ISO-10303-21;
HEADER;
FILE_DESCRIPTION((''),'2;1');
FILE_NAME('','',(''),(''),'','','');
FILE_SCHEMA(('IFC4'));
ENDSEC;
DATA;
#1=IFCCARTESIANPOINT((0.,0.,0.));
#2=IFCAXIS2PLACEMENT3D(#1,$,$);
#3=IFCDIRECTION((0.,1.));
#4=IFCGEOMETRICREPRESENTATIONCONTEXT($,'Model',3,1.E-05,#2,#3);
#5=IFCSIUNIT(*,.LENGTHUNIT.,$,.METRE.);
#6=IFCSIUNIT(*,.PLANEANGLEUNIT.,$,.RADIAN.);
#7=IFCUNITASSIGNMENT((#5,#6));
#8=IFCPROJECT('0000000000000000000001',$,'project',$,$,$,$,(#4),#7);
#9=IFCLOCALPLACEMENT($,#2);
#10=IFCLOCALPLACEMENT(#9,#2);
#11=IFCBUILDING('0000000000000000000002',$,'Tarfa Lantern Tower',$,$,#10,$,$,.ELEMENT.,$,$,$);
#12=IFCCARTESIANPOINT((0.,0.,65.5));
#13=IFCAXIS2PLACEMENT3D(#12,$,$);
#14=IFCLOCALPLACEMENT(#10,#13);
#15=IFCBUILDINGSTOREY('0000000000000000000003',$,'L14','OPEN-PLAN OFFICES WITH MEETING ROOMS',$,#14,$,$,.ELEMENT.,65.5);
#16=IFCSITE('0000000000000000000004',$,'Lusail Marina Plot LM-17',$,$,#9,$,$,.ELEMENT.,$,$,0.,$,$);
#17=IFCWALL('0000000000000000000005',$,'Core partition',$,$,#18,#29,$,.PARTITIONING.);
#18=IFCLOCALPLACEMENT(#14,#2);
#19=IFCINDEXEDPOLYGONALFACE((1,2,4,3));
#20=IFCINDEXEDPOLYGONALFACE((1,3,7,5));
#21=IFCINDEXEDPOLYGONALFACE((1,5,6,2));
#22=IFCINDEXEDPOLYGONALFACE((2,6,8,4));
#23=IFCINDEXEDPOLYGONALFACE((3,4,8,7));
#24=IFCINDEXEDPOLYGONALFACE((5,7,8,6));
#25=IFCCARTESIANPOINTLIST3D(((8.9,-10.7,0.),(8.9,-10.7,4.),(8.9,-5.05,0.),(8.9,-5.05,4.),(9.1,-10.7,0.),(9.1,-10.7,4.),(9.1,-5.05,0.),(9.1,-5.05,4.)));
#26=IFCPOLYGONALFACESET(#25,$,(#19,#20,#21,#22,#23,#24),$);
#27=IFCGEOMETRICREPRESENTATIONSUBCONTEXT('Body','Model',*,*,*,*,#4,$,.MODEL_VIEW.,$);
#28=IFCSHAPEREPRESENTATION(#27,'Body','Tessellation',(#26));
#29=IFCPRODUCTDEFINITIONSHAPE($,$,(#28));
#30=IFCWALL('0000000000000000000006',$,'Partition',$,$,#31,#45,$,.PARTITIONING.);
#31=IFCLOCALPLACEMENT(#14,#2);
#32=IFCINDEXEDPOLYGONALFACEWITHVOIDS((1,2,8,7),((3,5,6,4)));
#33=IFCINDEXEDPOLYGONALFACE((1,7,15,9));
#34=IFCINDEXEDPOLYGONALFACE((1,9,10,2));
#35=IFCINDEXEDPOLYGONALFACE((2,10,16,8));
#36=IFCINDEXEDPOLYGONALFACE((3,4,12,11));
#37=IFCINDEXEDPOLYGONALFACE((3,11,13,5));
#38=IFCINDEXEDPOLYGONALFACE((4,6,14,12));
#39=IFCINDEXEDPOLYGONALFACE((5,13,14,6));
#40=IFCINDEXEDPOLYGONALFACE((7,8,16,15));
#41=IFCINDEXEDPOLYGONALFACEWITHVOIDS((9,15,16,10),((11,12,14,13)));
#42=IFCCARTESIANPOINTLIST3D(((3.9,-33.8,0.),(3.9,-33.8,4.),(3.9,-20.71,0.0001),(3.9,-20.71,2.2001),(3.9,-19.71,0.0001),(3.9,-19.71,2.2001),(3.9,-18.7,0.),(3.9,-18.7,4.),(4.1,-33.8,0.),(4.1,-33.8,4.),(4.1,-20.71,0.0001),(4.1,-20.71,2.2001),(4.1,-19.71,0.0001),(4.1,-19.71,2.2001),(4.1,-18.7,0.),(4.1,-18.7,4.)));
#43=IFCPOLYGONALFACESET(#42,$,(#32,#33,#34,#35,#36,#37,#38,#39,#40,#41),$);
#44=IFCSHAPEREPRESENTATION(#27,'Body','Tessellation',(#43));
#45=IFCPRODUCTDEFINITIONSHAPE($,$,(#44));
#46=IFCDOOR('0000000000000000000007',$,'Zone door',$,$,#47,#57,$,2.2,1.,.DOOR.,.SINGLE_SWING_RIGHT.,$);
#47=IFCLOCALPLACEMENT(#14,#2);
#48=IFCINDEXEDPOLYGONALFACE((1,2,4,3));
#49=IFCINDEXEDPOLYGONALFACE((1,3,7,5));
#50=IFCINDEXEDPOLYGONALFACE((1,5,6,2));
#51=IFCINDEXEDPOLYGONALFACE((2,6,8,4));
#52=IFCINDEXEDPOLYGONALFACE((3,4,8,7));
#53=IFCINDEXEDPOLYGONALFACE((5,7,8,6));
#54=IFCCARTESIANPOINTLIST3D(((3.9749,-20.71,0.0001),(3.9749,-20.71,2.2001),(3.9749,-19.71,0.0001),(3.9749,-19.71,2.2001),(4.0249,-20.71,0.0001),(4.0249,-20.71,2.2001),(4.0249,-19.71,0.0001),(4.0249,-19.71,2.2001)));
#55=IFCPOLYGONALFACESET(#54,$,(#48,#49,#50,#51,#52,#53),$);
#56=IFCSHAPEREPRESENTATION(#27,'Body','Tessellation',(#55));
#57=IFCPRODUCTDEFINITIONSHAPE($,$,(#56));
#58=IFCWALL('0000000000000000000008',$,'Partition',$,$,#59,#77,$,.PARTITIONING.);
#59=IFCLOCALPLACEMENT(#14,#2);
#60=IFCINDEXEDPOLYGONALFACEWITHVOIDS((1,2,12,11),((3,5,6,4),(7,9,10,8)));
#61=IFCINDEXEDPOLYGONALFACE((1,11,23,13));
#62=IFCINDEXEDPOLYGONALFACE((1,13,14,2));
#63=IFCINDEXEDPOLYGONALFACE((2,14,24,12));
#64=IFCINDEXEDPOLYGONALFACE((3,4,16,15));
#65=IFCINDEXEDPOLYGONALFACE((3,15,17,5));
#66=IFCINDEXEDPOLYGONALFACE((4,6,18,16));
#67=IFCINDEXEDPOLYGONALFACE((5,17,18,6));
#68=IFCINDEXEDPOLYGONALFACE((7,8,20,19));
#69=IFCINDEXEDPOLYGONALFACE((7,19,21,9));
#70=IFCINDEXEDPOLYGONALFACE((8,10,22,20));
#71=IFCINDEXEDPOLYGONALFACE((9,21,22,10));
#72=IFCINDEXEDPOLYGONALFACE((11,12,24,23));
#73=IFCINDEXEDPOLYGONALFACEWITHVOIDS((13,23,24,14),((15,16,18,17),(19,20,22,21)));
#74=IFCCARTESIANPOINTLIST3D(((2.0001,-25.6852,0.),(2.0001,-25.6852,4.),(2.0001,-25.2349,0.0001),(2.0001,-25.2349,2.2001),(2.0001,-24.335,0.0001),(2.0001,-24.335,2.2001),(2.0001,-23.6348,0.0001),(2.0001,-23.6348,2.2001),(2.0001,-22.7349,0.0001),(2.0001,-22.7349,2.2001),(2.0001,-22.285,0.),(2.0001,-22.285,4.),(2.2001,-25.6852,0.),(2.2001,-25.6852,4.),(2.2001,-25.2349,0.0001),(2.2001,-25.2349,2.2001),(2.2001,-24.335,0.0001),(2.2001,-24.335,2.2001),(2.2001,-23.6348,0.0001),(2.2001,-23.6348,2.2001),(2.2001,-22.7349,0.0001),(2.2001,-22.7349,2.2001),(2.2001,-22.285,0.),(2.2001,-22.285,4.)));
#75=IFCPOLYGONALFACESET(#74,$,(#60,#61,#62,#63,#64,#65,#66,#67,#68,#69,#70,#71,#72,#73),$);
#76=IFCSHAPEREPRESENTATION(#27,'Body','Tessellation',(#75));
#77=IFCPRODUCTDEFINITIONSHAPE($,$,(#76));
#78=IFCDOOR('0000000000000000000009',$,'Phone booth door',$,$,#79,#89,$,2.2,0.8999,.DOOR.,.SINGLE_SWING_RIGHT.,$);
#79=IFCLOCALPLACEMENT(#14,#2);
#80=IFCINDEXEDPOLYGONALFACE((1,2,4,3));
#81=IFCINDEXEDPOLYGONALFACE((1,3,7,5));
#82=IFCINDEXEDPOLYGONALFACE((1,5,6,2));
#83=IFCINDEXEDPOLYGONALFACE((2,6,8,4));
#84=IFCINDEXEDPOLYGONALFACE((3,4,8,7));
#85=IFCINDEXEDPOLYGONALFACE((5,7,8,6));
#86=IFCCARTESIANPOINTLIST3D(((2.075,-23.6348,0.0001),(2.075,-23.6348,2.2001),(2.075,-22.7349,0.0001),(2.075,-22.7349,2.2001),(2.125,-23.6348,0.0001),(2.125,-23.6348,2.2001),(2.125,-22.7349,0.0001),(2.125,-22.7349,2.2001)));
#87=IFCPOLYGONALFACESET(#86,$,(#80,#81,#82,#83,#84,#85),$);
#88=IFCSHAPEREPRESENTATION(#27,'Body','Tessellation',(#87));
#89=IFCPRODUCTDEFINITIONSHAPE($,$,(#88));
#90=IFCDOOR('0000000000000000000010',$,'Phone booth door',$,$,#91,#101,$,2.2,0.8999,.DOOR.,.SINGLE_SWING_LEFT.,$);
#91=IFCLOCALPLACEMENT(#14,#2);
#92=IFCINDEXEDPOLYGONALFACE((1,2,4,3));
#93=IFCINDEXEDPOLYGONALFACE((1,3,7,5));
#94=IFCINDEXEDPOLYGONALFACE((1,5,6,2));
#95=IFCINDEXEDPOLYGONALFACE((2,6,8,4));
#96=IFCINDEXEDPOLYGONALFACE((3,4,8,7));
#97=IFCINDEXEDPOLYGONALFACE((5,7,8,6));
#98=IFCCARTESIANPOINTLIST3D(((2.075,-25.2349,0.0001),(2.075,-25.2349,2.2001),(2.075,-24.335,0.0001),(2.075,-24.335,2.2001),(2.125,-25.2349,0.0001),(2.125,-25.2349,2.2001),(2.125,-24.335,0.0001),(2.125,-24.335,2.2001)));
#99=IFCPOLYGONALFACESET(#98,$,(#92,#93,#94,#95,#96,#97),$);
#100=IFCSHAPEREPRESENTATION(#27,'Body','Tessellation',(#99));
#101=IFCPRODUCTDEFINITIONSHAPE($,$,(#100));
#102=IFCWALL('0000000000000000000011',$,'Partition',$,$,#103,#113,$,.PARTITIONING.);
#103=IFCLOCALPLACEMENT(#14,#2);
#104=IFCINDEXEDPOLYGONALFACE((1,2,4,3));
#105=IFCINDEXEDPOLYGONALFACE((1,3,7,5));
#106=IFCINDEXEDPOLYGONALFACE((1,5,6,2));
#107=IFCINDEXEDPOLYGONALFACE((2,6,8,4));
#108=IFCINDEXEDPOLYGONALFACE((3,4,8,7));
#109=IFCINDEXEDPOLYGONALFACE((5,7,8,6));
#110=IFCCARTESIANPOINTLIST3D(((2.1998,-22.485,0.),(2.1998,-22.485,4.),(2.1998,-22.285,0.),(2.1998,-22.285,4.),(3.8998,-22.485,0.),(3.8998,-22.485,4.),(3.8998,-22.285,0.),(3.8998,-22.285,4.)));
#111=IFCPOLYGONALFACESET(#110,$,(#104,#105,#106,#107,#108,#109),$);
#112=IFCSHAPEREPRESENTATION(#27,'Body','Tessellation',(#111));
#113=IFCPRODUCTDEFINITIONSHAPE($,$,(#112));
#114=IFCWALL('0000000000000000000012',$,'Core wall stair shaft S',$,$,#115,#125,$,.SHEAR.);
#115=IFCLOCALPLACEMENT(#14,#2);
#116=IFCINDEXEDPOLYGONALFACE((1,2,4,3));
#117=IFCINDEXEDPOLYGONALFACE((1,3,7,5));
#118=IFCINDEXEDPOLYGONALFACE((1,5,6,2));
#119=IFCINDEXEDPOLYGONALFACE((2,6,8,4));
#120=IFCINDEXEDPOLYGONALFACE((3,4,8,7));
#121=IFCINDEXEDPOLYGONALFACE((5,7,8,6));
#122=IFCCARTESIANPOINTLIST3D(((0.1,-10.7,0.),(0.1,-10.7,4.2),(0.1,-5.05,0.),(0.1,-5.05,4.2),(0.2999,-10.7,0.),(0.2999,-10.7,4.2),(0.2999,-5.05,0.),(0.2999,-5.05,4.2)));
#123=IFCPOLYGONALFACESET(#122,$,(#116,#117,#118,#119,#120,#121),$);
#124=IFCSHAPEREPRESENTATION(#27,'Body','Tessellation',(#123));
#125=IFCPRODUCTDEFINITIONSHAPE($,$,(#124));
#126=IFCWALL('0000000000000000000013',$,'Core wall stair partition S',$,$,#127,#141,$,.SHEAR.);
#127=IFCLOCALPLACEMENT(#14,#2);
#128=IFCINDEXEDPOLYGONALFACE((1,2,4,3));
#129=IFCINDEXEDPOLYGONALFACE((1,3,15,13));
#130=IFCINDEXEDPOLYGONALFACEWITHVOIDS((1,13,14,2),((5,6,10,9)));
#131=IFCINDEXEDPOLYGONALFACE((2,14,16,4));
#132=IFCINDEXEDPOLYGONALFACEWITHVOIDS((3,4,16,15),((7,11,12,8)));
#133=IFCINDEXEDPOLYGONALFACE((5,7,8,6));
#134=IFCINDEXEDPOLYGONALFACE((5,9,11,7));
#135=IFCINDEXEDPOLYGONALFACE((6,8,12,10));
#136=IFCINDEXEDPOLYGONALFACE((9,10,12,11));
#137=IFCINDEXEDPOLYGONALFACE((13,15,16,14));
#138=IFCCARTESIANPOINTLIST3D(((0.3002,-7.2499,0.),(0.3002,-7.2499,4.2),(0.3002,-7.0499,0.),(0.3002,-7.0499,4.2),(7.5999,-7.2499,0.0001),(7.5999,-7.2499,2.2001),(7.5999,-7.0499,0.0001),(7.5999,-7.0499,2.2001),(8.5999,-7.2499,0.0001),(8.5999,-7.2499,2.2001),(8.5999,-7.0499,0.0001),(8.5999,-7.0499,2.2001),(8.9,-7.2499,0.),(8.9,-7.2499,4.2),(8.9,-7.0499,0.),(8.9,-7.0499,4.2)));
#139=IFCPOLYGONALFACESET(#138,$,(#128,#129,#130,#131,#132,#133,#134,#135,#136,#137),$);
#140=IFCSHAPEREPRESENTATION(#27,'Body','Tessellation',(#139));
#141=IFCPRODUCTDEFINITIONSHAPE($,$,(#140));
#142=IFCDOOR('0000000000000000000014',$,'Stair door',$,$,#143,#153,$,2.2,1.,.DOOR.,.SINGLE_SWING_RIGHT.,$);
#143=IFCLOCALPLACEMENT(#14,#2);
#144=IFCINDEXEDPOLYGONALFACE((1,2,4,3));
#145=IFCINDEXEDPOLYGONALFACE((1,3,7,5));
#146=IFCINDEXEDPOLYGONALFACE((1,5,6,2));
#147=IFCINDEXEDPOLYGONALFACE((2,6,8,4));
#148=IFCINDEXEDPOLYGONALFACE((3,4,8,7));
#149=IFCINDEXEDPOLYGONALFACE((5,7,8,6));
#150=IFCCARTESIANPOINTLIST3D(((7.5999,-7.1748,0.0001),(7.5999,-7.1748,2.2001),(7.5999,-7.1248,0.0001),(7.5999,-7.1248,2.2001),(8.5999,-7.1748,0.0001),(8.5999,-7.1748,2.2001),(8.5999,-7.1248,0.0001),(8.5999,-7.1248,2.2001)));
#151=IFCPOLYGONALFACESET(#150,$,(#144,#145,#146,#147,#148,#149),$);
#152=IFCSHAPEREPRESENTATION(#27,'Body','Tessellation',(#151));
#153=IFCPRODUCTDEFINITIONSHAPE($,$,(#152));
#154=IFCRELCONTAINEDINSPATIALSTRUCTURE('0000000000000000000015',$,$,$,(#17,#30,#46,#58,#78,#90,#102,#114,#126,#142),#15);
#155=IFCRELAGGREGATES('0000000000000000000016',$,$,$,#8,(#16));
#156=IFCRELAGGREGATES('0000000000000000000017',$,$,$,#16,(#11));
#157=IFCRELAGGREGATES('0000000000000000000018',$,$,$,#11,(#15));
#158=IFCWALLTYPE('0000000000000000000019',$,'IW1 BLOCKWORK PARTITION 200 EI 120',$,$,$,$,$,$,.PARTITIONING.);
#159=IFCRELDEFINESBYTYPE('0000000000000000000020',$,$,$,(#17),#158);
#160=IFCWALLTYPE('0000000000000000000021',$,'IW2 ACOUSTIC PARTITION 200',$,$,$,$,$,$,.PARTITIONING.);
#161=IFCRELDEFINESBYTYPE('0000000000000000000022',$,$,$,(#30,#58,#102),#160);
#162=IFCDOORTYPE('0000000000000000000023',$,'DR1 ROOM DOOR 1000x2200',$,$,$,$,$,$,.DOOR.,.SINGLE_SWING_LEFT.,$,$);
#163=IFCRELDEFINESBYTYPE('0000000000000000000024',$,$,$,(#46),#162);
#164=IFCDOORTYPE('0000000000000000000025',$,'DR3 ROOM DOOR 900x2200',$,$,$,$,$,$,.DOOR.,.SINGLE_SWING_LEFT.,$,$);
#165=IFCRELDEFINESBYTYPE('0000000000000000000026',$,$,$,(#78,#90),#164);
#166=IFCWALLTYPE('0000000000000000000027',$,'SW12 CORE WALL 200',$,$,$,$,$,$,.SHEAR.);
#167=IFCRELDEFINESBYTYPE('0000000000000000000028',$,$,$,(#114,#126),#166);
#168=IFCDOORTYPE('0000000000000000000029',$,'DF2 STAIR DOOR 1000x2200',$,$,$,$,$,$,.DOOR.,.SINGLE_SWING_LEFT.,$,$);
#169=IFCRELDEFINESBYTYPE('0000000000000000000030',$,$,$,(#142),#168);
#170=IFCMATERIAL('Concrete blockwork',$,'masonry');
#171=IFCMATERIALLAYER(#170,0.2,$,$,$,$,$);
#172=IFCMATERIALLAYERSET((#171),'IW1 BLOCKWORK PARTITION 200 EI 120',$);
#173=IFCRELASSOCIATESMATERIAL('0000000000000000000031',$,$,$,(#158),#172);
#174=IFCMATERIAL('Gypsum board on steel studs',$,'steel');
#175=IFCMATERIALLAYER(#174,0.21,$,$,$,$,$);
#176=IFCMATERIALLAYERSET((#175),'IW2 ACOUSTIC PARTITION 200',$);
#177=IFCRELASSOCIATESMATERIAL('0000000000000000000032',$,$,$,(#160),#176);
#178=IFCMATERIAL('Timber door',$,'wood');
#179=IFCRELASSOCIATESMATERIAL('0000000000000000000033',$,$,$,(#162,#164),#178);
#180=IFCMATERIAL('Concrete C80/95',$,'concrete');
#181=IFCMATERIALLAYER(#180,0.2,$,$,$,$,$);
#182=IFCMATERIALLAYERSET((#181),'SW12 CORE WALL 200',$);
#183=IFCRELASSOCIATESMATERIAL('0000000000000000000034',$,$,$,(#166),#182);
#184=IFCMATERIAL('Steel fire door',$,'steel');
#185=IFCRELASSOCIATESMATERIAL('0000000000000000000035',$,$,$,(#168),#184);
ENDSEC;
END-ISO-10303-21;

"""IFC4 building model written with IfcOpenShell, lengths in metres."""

from ifc_helpers import new_model, si_unit, direction, frame, frame_2d, origin, place, context, subcontext, project, spatial, rectangle, extrude, material, layer, layer_set, type_object, element, fill, save


model = new_model("IFC4")

# Units and contexts
model_context = context("Model", 3, precision=1e-05, world=origin(), true_north=direction((0.0, 1.0)))
body_context = subcontext(model_context, "Body", "Model", "MODEL_VIEW")
ifc_project = project(units=[si_unit("LENGTHUNIT", "METRE"), si_unit("PLANEANGLEUNIT", "RADIAN")], contexts=[model_context])

# Site, building, storey
site_placement = place(None, origin())
site = spatial("IfcSite", under=ifc_project, at=site_placement, Name="Lusail Marina Plot LM-17", CompositionType="ELEMENT", RefElevation=0.0)
building_placement = place(site_placement, origin())
building = spatial("IfcBuilding", under=site, at=building_placement, Name="Tarfa Lantern Tower", CompositionType="ELEMENT")
storey_placement = place(building_placement, frame((0.0, 0.0, 65.5)))
storey = spatial("IfcBuildingStorey", under=building, at=storey_placement, Name="L14", Description="OPEN-PLAN OFFICES WITH MEETING ROOMS", CompositionType="ELEMENT", Elevation=65.5)

# Wall
ifc_material_1 = material(Name="Concrete blockwork", Category="masonry")
ifc_layer_1 = layer(ifc_material_1, 0.2)
ifc_layer_set_1 = layer_set([ifc_layer_1], Name="IW1 BLOCKWORK PARTITION 200 EI 120")
wall_type_1 = type_object("IfcWallType", Name="IW1 BLOCKWORK PARTITION 200 EI 120", PredefinedType="PARTITIONING", material=ifc_layer_set_1)
wall_1_placement = place(storey_placement, frame((9.0, -5.05, 0.0), z_axis=(0.0, 0.0, 1.0), x_axis=(0.0, -1.0, 0.0)))
element("IfcWall", 1, at=wall_1_placement, inside=storey, type_object=wall_type_1, Name="Core partition", PredefinedType="PARTITIONING", context=body_context, shape_type="SweptSolid", body=[
    extrude(rectangle(XDim=5.6499, YDim=0.2, at=frame_2d((2.825, 0.0))), origin(), (0.0, 0.0, 1.0), 4.0),
])

# Wall, opening, door
ifc_material_2 = material(Name="Gypsum board on steel studs", Category="steel")
ifc_layer_2 = layer(ifc_material_2, 0.21)
ifc_layer_set_2 = layer_set([ifc_layer_2], Name="IW2 ACOUSTIC PARTITION 200")
wall_type_2 = type_object("IfcWallType", Name="IW2 ACOUSTIC PARTITION 200", PredefinedType="PARTITIONING", material=ifc_layer_set_2)
wall_2_placement = place(storey_placement, frame((4.0, -18.7, 0.0), z_axis=(0.0, 0.0, 1.0), x_axis=(0.0, -1.0, 0.0)))
wall_2 = element("IfcWall", 2, at=wall_2_placement, inside=storey, type_object=wall_type_2, Name="Partition", PredefinedType="PARTITIONING", context=body_context, shape_type="SweptSolid", body=[
    extrude(rectangle(XDim=15.1001, YDim=0.2, at=frame_2d((7.55, 0.0))), origin(), (0.0, 0.0, 1.0), 4.0),
])
opening_1_placement = place(wall_2_placement, frame((1.01, 0.0, 0.0)))
opening_1 = element("IfcOpeningElement", 3, at=opening_1_placement, cuts=wall_2, PredefinedType="OPENING", context=body_context, shape_type="SweptSolid", body=[
    extrude(rectangle(XDim=1.0, YDim=2.2, at=frame_2d((0.5, 1.1001))), frame((0.0, 0.1099, 0.0), z_axis=(0.0, -1.0, 0.0), x_axis=(1.0, 0.0, 0.0)), (0.0, 0.0, 1.0), 0.22),
])
ifc_material_3 = material(Name="Timber door", Category="wood")
door_type_1 = type_object("IfcDoorType", Name="DR1 ROOM DOOR 1000x2200", OperationType="SINGLE_SWING_LEFT", PredefinedType="DOOR", material=ifc_material_3)
door_1_placement = place(opening_1_placement, origin())
door_1 = element("IfcDoor", 4, at=door_1_placement, inside=storey, type_object=door_type_1, Name="Zone door", OperationType="SINGLE_SWING_RIGHT", OverallHeight=2.2, OverallWidth=1.0, PredefinedType="DOOR", context=body_context, shape_type="SweptSolid", body=[
    extrude(rectangle(XDim=1.0, YDim=2.2, at=frame_2d((0.5, 1.1001))), frame((0.0, 0.0249, 0.0), z_axis=(0.0, -1.0, 0.0), x_axis=(1.0, 0.0, 0.0)), (0.0, 0.0, 1.0), 0.05),
])
fill(opening_1, door_1)

# Wall, openings, doors
wall_3_placement = place(storey_placement, frame((2.1001, -22.2849, 0.0), z_axis=(0.0, 0.0, 1.0), x_axis=(0.0, -1.0, 0.0)))
wall_3 = element("IfcWall", 5, at=wall_3_placement, inside=storey, type_object=wall_type_2, Name="Partition", PredefinedType="PARTITIONING", context=body_context, shape_type="SweptSolid", body=[
    extrude(rectangle(XDim=3.4001, YDim=0.2, at=frame_2d((1.7002, 0.0))), origin(), (0.0, 0.0, 1.0), 4.0),
])
opening_2_placement = place(wall_3_placement, frame((0.45, 0.0, 0.0)))
opening_2 = element("IfcOpeningElement", 6, at=opening_2_placement, cuts=wall_3, PredefinedType="OPENING", context=body_context, shape_type="SweptSolid", body=[
    extrude(rectangle(XDim=0.8999, YDim=2.2, at=frame_2d((0.45, 1.1001))), frame((0.0, 0.1099, 0.0), z_axis=(0.0, -1.0, 0.0), x_axis=(1.0, 0.0, 0.0)), (0.0, 0.0, 1.0), 0.22),
])
opening_3_placement = place(wall_3_placement, frame((2.05, 0.0, 0.0)))
opening_3 = element("IfcOpeningElement", 7, at=opening_3_placement, cuts=wall_3, PredefinedType="OPENING", context=body_context, shape_type="SweptSolid", body=[
    extrude(rectangle(XDim=0.8999, YDim=2.2, at=frame_2d((0.45, 1.1001))), frame((0.0, 0.1099, 0.0), z_axis=(0.0, -1.0, 0.0), x_axis=(1.0, 0.0, 0.0)), (0.0, 0.0, 1.0), 0.22),
])
door_type_2 = type_object("IfcDoorType", Name="DR3 ROOM DOOR 900x2200", OperationType="SINGLE_SWING_LEFT", PredefinedType="DOOR", material=ifc_material_3)
door_2_placement = place(opening_2_placement, origin())
door_2 = element("IfcDoor", 8, at=door_2_placement, inside=storey, type_object=door_type_2, Name="Phone booth door", OperationType="SINGLE_SWING_RIGHT", OverallHeight=2.2, OverallWidth=0.8999, PredefinedType="DOOR", context=body_context, shape_type="SweptSolid", body=[
    extrude(rectangle(XDim=0.8999, YDim=2.2, at=frame_2d((0.45, 1.1001))), frame((0.0, 0.0249, 0.0), z_axis=(0.0, -1.0, 0.0), x_axis=(1.0, 0.0, 0.0)), (0.0, 0.0, 1.0), 0.05),
])
fill(opening_2, door_2)
door_3_placement = place(opening_3_placement, origin())
door_3 = element("IfcDoor", 9, at=door_3_placement, inside=storey, type_object=door_type_2, Name="Phone booth door", OperationType="SINGLE_SWING_LEFT", OverallHeight=2.2, OverallWidth=0.8999, PredefinedType="DOOR", context=body_context, shape_type="SweptSolid", body=[
    extrude(rectangle(XDim=0.8999, YDim=2.2, at=frame_2d((0.45, 1.1001))), frame((0.0, 0.0249, 0.0), z_axis=(0.0, -1.0, 0.0), x_axis=(1.0, 0.0, 0.0)), (0.0, 0.0, 1.0), 0.05),
])
fill(opening_3, door_3)

# Walls
wall_4_placement = place(storey_placement, frame((3.8999, -22.385, 0.0), z_axis=(0.0, 0.0, 1.0), x_axis=(-1.0, 0.0, 0.0)))
element("IfcWall", 10, at=wall_4_placement, inside=storey, type_object=wall_type_2, Name="Partition", PredefinedType="PARTITIONING", context=body_context, shape_type="SweptSolid", body=[
    extrude(rectangle(XDim=1.7, YDim=0.2, at=frame_2d((0.8501, 0.0))), origin(), (0.0, 0.0, 1.0), 4.0),
])
ifc_material_4 = material(Name="Concrete C80/95", Category="concrete")
ifc_layer_3 = layer(ifc_material_4, 0.2)
ifc_layer_set_3 = layer_set([ifc_layer_3], Name="SW12 CORE WALL 200")
wall_type_3 = type_object("IfcWallType", Name="SW12 CORE WALL 200", PredefinedType="SHEAR", material=ifc_layer_set_3)
wall_5_placement = place(storey_placement, frame((0.2, -5.05, 0.0), z_axis=(0.0, 0.0, 1.0), x_axis=(0.0, -1.0, 0.0)))
element("IfcWall", 11, at=wall_5_placement, inside=storey, type_object=wall_type_3, Name="Core wall stair shaft S", PredefinedType="SHEAR", context=body_context, shape_type="SweptSolid", body=[
    extrude(rectangle(XDim=5.6499, YDim=0.2, at=frame_2d((2.825, 0.0))), origin(), (0.0, 0.0, 1.0), 4.2),
])

# Wall, opening, door
wall_6_placement = place(storey_placement, frame((8.8999, -7.1499, 0.0), z_axis=(0.0, 0.0, 1.0), x_axis=(-1.0, 0.0, 0.0)))
wall_6 = element("IfcWall", 12, at=wall_6_placement, inside=storey, type_object=wall_type_3, Name="Core wall stair partition S", PredefinedType="SHEAR", context=body_context, shape_type="SweptSolid", body=[
    extrude(rectangle(XDim=8.5999, YDim=0.2, at=frame_2d((4.2998, 0.0))), origin(), (0.0, 0.0, 1.0), 4.2),
])
opening_4_placement = place(wall_6_placement, frame((0.3, 0.0, 0.0)))
opening_4 = element("IfcOpeningElement", 13, at=opening_4_placement, cuts=wall_6, PredefinedType="OPENING", context=body_context, shape_type="SweptSolid", body=[
    extrude(rectangle(XDim=1.0, YDim=2.2, at=frame_2d((0.5, 1.1001))), frame((0.0, 0.1099, 0.0), z_axis=(0.0, -1.0, 0.0), x_axis=(1.0, 0.0, 0.0)), (0.0, 0.0, 1.0), 0.22),
])
ifc_material_5 = material(Name="Steel fire door", Category="steel")
door_type_3 = type_object("IfcDoorType", Name="DF2 STAIR DOOR 1000x2200", OperationType="SINGLE_SWING_LEFT", PredefinedType="DOOR", material=ifc_material_5)
door_4_placement = place(opening_4_placement, origin())
door_4 = element("IfcDoor", 14, at=door_4_placement, inside=storey, type_object=door_type_3, Name="Stair door", OperationType="SINGLE_SWING_RIGHT", OverallHeight=2.2, OverallWidth=1.0, PredefinedType="DOOR", context=body_context, shape_type="SweptSolid", body=[
    extrude(rectangle(XDim=1.0, YDim=2.2, at=frame_2d((0.5, 1.1001))), frame((0.0, 0.0249, 0.0), z_axis=(0.0, -1.0, 0.0), x_axis=(1.0, 0.0, 0.0)), (0.0, 0.0, 1.0), 0.05),
])
fill(opening_4, door_4)

save(model, "model.ifc")
